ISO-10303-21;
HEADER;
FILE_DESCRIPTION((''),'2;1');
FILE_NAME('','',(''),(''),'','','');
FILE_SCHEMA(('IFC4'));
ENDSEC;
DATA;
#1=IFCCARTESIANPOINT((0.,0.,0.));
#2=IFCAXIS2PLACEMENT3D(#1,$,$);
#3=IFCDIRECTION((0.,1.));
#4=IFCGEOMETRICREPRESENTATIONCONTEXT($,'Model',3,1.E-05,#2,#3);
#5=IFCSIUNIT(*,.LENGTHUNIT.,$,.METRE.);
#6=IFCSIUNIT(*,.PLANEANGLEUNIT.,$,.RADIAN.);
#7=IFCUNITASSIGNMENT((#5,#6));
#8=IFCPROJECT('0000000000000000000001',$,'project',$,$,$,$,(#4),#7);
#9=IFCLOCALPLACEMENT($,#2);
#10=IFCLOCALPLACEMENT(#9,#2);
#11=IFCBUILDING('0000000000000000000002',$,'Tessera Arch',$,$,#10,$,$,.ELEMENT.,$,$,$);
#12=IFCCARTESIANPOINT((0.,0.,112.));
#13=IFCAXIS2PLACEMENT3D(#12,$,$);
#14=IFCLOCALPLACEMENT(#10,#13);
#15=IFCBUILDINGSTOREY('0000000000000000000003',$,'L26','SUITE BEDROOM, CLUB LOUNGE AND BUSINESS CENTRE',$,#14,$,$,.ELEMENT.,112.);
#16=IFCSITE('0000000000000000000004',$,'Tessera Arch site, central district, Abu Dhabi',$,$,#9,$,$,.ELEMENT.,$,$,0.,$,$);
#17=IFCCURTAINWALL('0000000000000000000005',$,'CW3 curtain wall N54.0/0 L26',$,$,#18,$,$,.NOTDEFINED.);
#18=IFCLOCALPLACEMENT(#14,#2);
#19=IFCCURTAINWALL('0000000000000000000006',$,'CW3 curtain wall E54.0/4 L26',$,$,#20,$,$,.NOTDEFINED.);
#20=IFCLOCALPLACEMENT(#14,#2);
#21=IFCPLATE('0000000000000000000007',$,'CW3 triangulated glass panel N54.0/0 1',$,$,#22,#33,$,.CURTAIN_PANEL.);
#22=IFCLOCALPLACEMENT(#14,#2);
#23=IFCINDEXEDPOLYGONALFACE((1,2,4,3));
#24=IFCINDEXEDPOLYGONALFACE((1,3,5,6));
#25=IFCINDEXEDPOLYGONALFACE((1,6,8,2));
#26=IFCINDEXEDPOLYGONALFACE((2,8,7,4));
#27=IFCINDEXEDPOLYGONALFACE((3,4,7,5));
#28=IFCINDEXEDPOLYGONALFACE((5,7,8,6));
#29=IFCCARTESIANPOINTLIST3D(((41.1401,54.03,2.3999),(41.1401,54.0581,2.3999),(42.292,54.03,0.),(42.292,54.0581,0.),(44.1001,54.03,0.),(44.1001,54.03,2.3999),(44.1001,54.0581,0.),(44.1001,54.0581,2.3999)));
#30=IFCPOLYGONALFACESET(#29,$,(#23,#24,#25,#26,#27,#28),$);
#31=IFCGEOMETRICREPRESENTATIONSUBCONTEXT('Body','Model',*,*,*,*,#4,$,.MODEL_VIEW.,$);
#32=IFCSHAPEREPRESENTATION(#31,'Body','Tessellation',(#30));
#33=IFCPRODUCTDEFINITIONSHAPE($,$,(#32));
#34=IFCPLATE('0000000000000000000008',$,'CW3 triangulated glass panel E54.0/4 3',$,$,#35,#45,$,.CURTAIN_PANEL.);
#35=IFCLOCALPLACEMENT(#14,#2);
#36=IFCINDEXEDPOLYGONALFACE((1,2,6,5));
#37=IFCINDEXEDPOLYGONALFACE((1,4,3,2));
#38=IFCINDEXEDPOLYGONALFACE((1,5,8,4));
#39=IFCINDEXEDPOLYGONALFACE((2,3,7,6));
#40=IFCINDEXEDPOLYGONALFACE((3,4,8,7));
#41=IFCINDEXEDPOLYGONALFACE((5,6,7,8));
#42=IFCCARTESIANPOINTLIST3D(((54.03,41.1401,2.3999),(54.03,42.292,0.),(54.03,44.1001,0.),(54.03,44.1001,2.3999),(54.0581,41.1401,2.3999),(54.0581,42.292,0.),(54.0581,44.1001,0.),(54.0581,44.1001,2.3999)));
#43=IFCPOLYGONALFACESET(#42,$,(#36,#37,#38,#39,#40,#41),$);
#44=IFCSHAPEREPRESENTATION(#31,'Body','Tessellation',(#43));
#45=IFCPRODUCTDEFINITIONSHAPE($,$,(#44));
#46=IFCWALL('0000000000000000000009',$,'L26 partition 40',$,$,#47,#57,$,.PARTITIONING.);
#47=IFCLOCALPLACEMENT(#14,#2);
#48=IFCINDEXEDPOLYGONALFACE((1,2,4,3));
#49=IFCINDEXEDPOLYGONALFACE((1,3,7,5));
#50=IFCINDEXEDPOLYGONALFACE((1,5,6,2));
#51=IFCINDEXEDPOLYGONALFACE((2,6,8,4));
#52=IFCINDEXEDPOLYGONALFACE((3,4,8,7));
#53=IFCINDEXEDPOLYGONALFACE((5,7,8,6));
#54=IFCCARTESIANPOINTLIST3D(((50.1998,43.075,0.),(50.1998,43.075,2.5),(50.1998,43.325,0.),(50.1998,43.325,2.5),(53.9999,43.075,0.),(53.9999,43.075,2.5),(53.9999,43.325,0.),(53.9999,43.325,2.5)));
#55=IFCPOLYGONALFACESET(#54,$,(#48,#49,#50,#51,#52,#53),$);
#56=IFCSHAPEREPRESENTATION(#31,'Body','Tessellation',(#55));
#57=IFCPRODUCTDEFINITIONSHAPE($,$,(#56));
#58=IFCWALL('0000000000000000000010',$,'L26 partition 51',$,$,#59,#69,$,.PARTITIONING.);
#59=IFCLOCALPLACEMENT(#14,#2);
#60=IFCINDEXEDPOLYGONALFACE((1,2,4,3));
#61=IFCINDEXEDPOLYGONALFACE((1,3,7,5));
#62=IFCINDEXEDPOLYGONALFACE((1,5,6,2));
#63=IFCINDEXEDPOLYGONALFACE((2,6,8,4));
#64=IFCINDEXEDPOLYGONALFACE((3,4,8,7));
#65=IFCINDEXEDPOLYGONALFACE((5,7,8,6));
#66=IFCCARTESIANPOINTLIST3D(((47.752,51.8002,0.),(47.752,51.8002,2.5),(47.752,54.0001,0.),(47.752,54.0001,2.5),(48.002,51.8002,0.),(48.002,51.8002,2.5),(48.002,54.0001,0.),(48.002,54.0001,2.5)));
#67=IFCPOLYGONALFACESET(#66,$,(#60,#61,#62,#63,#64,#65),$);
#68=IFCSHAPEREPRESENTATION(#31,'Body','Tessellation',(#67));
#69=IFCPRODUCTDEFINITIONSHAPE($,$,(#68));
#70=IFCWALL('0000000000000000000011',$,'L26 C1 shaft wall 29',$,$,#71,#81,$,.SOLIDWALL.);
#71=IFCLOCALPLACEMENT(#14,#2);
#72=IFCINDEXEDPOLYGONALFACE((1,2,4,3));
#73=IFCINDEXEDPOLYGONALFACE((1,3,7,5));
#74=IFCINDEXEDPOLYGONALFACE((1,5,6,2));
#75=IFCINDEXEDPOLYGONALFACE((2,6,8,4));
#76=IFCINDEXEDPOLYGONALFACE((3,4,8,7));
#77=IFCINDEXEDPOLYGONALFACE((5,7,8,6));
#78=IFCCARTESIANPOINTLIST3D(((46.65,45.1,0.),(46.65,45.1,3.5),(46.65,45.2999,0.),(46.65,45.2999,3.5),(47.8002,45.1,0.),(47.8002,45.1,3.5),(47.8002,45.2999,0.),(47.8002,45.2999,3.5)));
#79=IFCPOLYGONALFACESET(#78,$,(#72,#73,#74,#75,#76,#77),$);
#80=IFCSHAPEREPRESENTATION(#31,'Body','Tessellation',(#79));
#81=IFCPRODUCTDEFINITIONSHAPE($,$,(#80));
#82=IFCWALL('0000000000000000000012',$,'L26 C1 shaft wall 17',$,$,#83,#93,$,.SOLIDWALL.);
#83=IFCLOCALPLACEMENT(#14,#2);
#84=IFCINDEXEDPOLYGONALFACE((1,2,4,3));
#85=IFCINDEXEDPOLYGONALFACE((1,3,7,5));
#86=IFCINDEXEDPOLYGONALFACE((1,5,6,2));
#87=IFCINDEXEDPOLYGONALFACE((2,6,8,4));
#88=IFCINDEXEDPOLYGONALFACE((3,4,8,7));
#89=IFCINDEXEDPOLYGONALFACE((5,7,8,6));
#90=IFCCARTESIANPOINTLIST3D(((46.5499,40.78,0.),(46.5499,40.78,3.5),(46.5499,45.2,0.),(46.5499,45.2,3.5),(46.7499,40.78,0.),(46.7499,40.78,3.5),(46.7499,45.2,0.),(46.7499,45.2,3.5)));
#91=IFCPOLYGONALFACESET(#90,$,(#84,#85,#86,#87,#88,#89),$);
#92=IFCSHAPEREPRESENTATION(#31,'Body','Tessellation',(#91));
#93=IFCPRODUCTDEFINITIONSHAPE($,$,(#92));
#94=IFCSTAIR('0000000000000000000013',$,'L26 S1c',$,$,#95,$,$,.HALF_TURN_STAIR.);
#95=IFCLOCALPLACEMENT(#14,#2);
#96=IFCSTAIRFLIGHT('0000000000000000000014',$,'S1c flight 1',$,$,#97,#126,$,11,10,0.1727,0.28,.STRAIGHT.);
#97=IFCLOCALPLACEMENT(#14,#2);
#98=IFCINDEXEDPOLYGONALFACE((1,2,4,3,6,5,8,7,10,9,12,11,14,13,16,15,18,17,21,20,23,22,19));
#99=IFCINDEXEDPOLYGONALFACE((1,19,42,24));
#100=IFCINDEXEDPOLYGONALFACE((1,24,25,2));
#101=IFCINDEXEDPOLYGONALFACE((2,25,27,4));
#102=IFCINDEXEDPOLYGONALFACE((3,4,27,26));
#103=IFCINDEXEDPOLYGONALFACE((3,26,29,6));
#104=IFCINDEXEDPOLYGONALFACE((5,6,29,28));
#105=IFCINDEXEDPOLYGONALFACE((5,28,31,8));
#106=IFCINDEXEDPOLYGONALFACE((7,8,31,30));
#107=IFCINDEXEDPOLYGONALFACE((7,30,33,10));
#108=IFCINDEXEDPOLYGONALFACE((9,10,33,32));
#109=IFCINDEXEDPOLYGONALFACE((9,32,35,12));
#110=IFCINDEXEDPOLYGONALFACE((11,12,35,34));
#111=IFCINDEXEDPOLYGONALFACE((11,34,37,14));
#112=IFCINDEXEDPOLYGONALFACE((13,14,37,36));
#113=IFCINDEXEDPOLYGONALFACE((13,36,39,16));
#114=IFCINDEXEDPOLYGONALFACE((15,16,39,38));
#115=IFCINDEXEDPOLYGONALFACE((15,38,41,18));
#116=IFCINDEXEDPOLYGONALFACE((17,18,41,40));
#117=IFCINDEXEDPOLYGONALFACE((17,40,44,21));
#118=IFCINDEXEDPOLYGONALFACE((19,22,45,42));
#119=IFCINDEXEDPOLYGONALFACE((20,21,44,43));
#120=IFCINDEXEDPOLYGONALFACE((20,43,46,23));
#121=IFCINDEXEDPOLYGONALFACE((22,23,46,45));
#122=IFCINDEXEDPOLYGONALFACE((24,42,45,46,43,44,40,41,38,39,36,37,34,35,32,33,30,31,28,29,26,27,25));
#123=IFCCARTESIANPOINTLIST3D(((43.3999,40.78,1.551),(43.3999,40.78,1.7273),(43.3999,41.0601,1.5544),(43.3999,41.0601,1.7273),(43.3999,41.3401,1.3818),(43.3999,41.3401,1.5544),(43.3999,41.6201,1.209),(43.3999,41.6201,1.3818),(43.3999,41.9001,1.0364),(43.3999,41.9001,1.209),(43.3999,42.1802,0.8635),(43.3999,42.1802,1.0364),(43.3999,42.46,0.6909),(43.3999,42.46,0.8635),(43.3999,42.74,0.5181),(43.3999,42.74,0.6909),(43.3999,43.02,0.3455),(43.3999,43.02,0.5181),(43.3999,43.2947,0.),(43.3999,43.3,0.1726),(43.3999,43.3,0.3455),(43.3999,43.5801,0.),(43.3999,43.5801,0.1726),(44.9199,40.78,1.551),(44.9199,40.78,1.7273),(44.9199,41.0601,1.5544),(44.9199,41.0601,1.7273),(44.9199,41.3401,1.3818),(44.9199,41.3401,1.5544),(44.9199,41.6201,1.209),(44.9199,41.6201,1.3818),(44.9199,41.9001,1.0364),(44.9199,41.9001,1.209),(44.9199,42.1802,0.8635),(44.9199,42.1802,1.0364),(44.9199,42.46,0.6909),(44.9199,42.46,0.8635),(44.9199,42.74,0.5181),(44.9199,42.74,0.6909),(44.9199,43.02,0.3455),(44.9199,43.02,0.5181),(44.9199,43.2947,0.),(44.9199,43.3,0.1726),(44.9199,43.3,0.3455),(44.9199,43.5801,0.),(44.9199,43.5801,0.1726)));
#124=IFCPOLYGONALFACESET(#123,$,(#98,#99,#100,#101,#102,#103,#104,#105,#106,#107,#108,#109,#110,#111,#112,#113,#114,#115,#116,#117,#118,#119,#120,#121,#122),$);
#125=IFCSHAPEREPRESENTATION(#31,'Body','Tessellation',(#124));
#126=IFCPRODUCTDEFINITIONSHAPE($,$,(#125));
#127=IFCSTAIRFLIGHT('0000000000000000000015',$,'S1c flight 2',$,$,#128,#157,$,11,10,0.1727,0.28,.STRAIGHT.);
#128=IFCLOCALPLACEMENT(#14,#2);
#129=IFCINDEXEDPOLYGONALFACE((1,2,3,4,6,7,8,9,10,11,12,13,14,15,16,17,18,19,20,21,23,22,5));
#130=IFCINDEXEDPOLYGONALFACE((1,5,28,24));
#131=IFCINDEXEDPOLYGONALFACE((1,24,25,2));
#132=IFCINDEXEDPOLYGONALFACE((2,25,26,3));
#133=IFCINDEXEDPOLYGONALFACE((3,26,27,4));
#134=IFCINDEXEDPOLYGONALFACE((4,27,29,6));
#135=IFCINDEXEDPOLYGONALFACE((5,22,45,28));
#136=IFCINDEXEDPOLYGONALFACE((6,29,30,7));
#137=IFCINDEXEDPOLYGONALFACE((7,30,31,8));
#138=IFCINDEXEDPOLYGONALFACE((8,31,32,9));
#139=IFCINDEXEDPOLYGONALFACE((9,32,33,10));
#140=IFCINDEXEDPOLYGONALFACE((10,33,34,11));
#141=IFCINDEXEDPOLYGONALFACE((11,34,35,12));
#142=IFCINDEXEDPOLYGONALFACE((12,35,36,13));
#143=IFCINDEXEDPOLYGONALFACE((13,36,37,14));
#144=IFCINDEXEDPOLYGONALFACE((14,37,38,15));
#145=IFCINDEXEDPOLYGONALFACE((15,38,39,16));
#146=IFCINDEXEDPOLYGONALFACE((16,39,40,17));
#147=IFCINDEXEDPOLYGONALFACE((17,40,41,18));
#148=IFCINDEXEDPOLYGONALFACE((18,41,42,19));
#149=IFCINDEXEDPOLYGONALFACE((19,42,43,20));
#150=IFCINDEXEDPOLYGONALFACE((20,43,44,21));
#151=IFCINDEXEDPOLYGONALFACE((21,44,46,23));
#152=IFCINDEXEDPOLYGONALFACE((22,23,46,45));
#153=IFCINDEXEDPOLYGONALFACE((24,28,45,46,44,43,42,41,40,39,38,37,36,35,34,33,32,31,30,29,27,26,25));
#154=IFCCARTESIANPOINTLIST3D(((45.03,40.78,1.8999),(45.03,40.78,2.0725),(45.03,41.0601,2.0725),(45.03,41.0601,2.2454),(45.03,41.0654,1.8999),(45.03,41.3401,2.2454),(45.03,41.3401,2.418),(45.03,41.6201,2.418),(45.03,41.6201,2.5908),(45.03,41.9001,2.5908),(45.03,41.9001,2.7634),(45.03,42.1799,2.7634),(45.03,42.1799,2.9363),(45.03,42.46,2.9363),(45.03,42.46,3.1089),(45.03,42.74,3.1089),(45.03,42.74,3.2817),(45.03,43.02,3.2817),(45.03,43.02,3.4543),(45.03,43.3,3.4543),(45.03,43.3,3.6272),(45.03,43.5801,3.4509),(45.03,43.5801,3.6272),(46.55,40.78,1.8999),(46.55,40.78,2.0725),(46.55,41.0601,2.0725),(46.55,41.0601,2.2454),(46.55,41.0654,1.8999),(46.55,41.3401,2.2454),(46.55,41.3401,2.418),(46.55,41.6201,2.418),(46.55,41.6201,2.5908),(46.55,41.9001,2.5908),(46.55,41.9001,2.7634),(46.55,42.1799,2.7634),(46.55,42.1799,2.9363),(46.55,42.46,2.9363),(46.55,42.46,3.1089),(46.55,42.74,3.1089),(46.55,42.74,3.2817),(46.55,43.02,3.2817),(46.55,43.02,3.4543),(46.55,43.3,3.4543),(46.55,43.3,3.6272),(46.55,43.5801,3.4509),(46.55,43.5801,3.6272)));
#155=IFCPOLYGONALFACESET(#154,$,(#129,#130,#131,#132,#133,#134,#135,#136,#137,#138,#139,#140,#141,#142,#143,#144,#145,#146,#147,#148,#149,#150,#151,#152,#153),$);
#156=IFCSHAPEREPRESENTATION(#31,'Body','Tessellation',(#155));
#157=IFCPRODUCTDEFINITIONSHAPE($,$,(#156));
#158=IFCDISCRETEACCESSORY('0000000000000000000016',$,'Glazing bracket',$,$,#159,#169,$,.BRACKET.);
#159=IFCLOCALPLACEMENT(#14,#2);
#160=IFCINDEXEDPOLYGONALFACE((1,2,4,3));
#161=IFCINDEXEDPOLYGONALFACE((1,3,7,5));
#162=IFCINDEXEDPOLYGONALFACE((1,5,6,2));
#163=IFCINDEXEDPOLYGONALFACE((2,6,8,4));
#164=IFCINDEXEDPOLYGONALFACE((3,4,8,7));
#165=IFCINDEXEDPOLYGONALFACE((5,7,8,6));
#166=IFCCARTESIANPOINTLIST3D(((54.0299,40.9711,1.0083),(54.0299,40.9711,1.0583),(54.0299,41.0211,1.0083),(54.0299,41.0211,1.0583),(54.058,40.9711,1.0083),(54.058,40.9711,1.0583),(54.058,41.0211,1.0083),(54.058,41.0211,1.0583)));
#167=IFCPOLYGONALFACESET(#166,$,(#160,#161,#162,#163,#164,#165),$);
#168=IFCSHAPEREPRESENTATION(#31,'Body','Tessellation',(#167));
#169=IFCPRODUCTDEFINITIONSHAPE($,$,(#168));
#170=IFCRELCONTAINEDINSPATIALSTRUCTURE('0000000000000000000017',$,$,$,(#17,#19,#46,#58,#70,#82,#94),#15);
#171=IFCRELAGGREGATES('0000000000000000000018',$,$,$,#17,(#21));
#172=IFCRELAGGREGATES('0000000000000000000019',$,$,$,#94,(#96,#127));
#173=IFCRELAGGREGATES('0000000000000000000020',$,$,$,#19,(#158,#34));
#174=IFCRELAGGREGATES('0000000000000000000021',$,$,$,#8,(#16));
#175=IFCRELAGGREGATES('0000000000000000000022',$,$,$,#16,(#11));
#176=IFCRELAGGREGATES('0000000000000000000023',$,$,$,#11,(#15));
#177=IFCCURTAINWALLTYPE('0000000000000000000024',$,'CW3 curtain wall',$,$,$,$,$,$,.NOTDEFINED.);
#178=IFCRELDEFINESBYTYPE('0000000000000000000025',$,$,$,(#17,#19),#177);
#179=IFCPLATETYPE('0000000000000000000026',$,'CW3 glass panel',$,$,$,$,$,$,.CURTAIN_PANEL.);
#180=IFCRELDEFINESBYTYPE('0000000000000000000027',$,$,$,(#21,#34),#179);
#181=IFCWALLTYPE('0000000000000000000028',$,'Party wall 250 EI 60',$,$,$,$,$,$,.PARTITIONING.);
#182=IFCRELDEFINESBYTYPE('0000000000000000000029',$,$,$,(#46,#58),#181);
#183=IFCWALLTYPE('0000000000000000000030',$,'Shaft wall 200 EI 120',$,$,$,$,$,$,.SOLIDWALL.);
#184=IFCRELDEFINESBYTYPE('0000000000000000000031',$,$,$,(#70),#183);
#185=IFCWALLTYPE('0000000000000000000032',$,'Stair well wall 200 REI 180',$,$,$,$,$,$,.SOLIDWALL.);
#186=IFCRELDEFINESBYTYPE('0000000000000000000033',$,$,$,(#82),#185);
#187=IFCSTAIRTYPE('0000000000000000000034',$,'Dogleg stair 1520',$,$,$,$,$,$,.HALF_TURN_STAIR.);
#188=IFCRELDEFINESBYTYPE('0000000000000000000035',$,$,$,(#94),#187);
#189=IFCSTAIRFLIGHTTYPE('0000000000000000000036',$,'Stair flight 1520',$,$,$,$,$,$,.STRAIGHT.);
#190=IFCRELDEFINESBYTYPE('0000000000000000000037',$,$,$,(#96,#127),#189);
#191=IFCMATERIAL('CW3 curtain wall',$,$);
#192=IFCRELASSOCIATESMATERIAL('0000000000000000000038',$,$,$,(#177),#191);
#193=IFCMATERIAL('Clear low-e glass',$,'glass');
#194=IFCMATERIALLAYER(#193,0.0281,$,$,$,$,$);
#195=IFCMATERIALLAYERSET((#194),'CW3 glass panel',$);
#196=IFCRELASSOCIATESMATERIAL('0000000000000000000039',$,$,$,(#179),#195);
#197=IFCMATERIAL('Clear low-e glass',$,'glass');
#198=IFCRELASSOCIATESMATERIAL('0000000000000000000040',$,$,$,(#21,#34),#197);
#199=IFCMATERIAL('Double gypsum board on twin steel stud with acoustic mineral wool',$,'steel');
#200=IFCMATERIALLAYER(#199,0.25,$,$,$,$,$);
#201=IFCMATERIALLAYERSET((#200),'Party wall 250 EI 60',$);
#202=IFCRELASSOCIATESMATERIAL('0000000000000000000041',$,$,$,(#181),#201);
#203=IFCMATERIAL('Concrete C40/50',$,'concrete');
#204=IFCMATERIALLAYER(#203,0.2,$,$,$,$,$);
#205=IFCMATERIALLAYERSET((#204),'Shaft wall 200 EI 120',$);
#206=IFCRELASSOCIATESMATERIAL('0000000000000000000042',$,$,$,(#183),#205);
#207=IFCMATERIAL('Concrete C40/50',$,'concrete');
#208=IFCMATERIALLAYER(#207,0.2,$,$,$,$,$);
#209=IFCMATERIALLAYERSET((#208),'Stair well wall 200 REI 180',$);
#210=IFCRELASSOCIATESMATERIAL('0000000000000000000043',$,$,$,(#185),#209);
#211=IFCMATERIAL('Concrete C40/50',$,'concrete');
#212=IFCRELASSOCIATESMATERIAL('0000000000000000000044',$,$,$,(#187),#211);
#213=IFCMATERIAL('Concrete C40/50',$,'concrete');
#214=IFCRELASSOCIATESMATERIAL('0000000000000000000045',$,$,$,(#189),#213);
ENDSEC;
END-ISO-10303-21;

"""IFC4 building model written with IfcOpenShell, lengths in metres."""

from ifc_helpers import new_model, si_unit, direction, frame, frame_2d, origin, origin_2d, place, context, subcontext, project, spatial, polyline, rectangle, outline, extrude, material, layer, layer_set, type_object, element, aggregate, save


model = new_model("IFC4")

# Units and contexts
model_context = context("Model", 3, precision=1e-05, world=origin(), true_north=direction((0.0, 1.0)))
body_context = subcontext(model_context, "Body", "Model", "MODEL_VIEW")
ifc_project = project(units=[si_unit("LENGTHUNIT", "METRE"), si_unit("PLANEANGLEUNIT", "RADIAN")], contexts=[model_context])

# Site, building, storey
site_placement = place(None, origin())
site = spatial("IfcSite", under=ifc_project, at=site_placement, Name="Tessera Arch site, central district, Abu Dhabi", CompositionType="ELEMENT", RefElevation=0.0)
building_placement = place(site_placement, origin())
building = spatial("IfcBuilding", under=site, at=building_placement, Name="Tessera Arch", CompositionType="ELEMENT")
storey_placement = place(building_placement, frame((0.0, 0.0, 112.0)))
storey = spatial("IfcBuildingStorey", under=building, at=storey_placement, Name="L26", Description="SUITE BEDROOM, CLUB LOUNGE AND BUSINESS CENTRE", CompositionType="ELEMENT", Elevation=112.0)

# Curtain wall
ifc_material_1 = material(Name="CW3 curtain wall")
curtain_wall_type_1 = type_object("IfcCurtainWallType", Name="CW3 curtain wall", PredefinedType="NOTDEFINED", material=ifc_material_1)
curtain_wall_1_placement = place(storey_placement, origin())
curtain_wall_1 = element("IfcCurtainWall", 1, at=curtain_wall_1_placement, inside=storey, type_object=curtain_wall_type_1, Name="CW3 curtain wall N54.0/0 L26", PredefinedType="NOTDEFINED")

# Shared definitions
ifc_material_2 = material(Name="Clear low-e glass", Category="glass")

# Curtain wall
curtain_wall_2_placement = place(storey_placement, origin())
curtain_wall_2 = element("IfcCurtainWall", 2, at=curtain_wall_2_placement, inside=storey, type_object=curtain_wall_type_1, Name="CW3 curtain wall E54.0/4 L26", PredefinedType="NOTDEFINED")

# Plates
ifc_material_3 = material(Name="Clear low-e glass", Category="glass")
ifc_layer_1 = layer(ifc_material_3, 0.0281)
ifc_layer_set_1 = layer_set([ifc_layer_1], Name="CW3 glass panel")
plate_type_1 = type_object("IfcPlateType", Name="CW3 glass panel", PredefinedType="CURTAIN_PANEL", material=ifc_layer_set_1)
plate_1_placement = place(storey_placement, frame((44.1001, 54.0581, 0.0), z_axis=(0.0, 1.0, 0.0), x_axis=(-1.0, 0.0, 0.0)))
plate_1 = element("IfcPlate", 3, at=plate_1_placement, type_object=plate_type_1, material=ifc_material_2, Name="CW3 triangulated glass panel N54.0/0 1", PredefinedType="CURTAIN_PANEL", context=body_context, shape_type="SweptSolid", body=[
    extrude(outline(polyline([(0.0, 0.0), (1.8081, 0.0), (2.96, 2.3999), (0.0, 2.3999), (0.0, 0.0)])), origin(), (0.0, 0.0, -1.0), 0.0281),
])
aggregate(curtain_wall_1, [plate_1])
plate_2_placement = place(storey_placement, frame((54.0581, 44.1001, 2.3999), z_axis=(1.0, 0.0, 0.0), x_axis=(0.0, -1.0, 0.0)))
plate_2 = element("IfcPlate", 4, at=plate_2_placement, type_object=plate_type_1, material=ifc_material_2, Name="CW3 triangulated glass panel E54.0/4 3", PredefinedType="CURTAIN_PANEL", context=body_context, shape_type="SweptSolid", body=[
    extrude(outline(polyline([(0.0, 0.0), (2.96, 0.0), (1.8081, 2.3999), (0.0, 2.3999), (0.0, 0.0)])), origin(), (0.0, 0.0, -1.0), 0.0281),
])

# Walls
ifc_material_4 = material(Name="Double gypsum board on twin steel stud with acoustic mineral wool", Category="steel")
ifc_layer_2 = layer(ifc_material_4, 0.25)
ifc_layer_set_2 = layer_set([ifc_layer_2], Name="Party wall 250 EI 60")
wall_type_1 = type_object("IfcWallType", Name="Party wall 250 EI 60", PredefinedType="PARTITIONING", material=ifc_layer_set_2)
wall_1_placement = place(storey_placement, frame((50.2, 43.2, 0.0), z_axis=(0.0, 0.0, 1.0), x_axis=(1.0, 0.0, 0.0)))
element("IfcWall", 5, at=wall_1_placement, inside=storey, type_object=wall_type_1, Name="L26 partition 40", PredefinedType="PARTITIONING", context=body_context, shape_type="SweptSolid", body=[
    extrude(rectangle(XDim=3.8, YDim=0.25, at=frame_2d((1.8999, 0.0))), origin(), (0.0, 0.0, 1.0), 2.5),
])
wall_2_placement = place(storey_placement, frame((47.877, 51.8, 0.0), z_axis=(0.0, 0.0, 1.0), x_axis=(0.0, 1.0, 0.0)))
element("IfcWall", 6, at=wall_2_placement, inside=storey, type_object=wall_type_1, Name="L26 partition 51", PredefinedType="PARTITIONING", context=body_context, shape_type="SweptSolid", body=[
    extrude(rectangle(XDim=2.2, YDim=0.25, at=frame_2d((1.1001, 0.0))), origin(), (0.0, 0.0, 1.0), 2.5),
])
ifc_material_5 = material(Name="Concrete C40/50", Category="concrete")
ifc_layer_3 = layer(ifc_material_5, 0.2)
ifc_layer_set_3 = layer_set([ifc_layer_3], Name="Shaft wall 200 EI 120")
wall_type_2 = type_object("IfcWallType", Name="Shaft wall 200 EI 120", PredefinedType="SOLIDWALL", material=ifc_layer_set_3)
wall_3_placement = place(storey_placement, frame((46.6499, 45.2, 0.0), z_axis=(0.0, 0.0, 1.0), x_axis=(1.0, 0.0, 0.0)))
element("IfcWall", 7, at=wall_3_placement, inside=storey, type_object=wall_type_2, Name="L26 C1 shaft wall 29", PredefinedType="SOLIDWALL", context=body_context, shape_type="SweptSolid", body=[
    extrude(rectangle(XDim=1.1501, YDim=0.2, at=frame_2d((0.5752, 0.0))), origin(), (0.0, 0.0, 1.0), 3.5),
])
ifc_material_6 = material(Name="Concrete C40/50", Category="concrete")
ifc_layer_4 = layer(ifc_material_6, 0.2)
ifc_layer_set_4 = layer_set([ifc_layer_4], Name="Stair well wall 200 REI 180")
wall_type_3 = type_object("IfcWallType", Name="Stair well wall 200 REI 180", PredefinedType="SOLIDWALL", material=ifc_layer_set_4)
wall_4_placement = place(storey_placement, frame((46.6499, 40.78, 0.0), z_axis=(0.0, 0.0, 1.0), x_axis=(0.0, 1.0, 0.0)))
element("IfcWall", 8, at=wall_4_placement, inside=storey, type_object=wall_type_3, Name="L26 C1 shaft wall 17", PredefinedType="SOLIDWALL", context=body_context, shape_type="SweptSolid", body=[
    extrude(rectangle(XDim=4.4199, YDim=0.2, at=frame_2d((2.21, 0.0))), origin(), (0.0, 0.0, 1.0), 3.5),
])

# Stair, stair flights
ifc_material_7 = material(Name="Concrete C40/50", Category="concrete")
stair_type = type_object("IfcStairType", Name="Dogleg stair 1520", PredefinedType="HALF_TURN_STAIR", material=ifc_material_7)
stair_placement = place(storey_placement, origin())
stair = element("IfcStair", 9, at=stair_placement, inside=storey, type_object=stair_type, Name="L26 S1c", PredefinedType="HALF_TURN_STAIR")
ifc_material_8 = material(Name="Concrete C40/50", Category="concrete")
stair_flight_type = type_object("IfcStairFlightType", Name="Stair flight 1520", PredefinedType="STRAIGHT", material=ifc_material_8)
stair_flight_1_placement = place(storey_placement, frame((44.1599, 43.5801, 0.0), z_axis=(0.0, 0.0, 1.0), x_axis=(0.0, -1.0, 0.0)))
stair_flight_1 = element("IfcStairFlight", 10, at=stair_flight_1_placement, type_object=stair_flight_type, Name="S1c flight 1", NumberOfRisers=11, NumberOfTreads=10, PredefinedType="STRAIGHT", RiserHeight=0.1727, TreadLength=0.28, context=body_context, shape_type="SweptSolid", body=[
    extrude(outline(polyline([(0.0, 0.0), (0.0, 0.1726), (0.28, 0.1726), (0.28, 0.3455), (0.5601, 0.3455), (0.5601, 0.5181), (0.8401, 0.5181), (0.8401, 0.6909), (1.1201, 0.6909), (1.1201, 0.8635), (1.3999, 0.8635), (1.3999, 1.0364), (1.6799, 1.0364), (1.6799, 1.209), (1.96, 1.209), (1.96, 1.3818), (2.24, 1.3818), (2.24, 1.5544), (2.52, 1.5544), (2.52, 1.7273), (2.8, 1.7273), (2.8, 1.8999), (2.8, 1.551), (0.2854, 0.0), (0.0, 0.0)])), frame((0.0, 0.76, 0.0), z_axis=(0.0, -1.0, 0.0), x_axis=(1.0, 0.0, 0.0)), (0.0, 0.0, 1.0), 1.52),
])
stair_flight_2_placement = place(storey_placement, frame((45.79, 40.78, 1.8999), z_axis=(0.0, 0.0, 1.0), x_axis=(0.0, 1.0, 0.0)))
stair_flight_2 = element("IfcStairFlight", 11, at=stair_flight_2_placement, type_object=stair_flight_type, Name="S1c flight 2", NumberOfRisers=11, NumberOfTreads=10, PredefinedType="STRAIGHT", RiserHeight=0.1727, TreadLength=0.28, context=body_context, shape_type="SweptSolid", body=[
    extrude(outline(polyline([(0.0, 0.0), (0.0, 0.1726), (0.28, 0.1726), (0.28, 0.3455), (0.5601, 0.3455), (0.5601, 0.5181), (0.8401, 0.5181), (0.8401, 0.6909), (1.1201, 0.6909), (1.1201, 0.8635), (1.3999, 0.8635), (1.3999, 1.0364), (1.6799, 1.0364), (1.6799, 1.209), (1.96, 1.209), (1.96, 1.3818), (2.24, 1.3818), (2.24, 1.5544), (2.52, 1.5544), (2.52, 1.7273), (2.8, 1.7273), (2.8, 1.8999), (2.8, 1.551), (0.2854, 0.0), (0.0, 0.0)])), frame((0.0, 0.76, 0.0), z_axis=(0.0, -1.0, 0.0), x_axis=(1.0, 0.0, 0.0)), (0.0, 0.0, 1.0), 1.52),
])
aggregate(stair, [stair_flight_1, stair_flight_2])

# Discrete accessory
discrete_accessory_placement = place(storey_placement, frame((54.0439, 40.9961, 1.0083), z_axis=(0.0, 0.0, 1.0), x_axis=(0.0, 1.0, 0.0)))
discrete_accessory = element("IfcDiscreteAccessory", 12, at=discrete_accessory_placement, Name="Glazing bracket", PredefinedType="BRACKET", context=body_context, shape_type="SweptSolid", body=[
    extrude(rectangle(XDim=0.05, YDim=0.0281, at=origin_2d()), origin(), (0.0, 0.0, 1.0), 0.05),
])
aggregate(curtain_wall_2, [discrete_accessory, plate_2])

save(model, "model.ifc")
